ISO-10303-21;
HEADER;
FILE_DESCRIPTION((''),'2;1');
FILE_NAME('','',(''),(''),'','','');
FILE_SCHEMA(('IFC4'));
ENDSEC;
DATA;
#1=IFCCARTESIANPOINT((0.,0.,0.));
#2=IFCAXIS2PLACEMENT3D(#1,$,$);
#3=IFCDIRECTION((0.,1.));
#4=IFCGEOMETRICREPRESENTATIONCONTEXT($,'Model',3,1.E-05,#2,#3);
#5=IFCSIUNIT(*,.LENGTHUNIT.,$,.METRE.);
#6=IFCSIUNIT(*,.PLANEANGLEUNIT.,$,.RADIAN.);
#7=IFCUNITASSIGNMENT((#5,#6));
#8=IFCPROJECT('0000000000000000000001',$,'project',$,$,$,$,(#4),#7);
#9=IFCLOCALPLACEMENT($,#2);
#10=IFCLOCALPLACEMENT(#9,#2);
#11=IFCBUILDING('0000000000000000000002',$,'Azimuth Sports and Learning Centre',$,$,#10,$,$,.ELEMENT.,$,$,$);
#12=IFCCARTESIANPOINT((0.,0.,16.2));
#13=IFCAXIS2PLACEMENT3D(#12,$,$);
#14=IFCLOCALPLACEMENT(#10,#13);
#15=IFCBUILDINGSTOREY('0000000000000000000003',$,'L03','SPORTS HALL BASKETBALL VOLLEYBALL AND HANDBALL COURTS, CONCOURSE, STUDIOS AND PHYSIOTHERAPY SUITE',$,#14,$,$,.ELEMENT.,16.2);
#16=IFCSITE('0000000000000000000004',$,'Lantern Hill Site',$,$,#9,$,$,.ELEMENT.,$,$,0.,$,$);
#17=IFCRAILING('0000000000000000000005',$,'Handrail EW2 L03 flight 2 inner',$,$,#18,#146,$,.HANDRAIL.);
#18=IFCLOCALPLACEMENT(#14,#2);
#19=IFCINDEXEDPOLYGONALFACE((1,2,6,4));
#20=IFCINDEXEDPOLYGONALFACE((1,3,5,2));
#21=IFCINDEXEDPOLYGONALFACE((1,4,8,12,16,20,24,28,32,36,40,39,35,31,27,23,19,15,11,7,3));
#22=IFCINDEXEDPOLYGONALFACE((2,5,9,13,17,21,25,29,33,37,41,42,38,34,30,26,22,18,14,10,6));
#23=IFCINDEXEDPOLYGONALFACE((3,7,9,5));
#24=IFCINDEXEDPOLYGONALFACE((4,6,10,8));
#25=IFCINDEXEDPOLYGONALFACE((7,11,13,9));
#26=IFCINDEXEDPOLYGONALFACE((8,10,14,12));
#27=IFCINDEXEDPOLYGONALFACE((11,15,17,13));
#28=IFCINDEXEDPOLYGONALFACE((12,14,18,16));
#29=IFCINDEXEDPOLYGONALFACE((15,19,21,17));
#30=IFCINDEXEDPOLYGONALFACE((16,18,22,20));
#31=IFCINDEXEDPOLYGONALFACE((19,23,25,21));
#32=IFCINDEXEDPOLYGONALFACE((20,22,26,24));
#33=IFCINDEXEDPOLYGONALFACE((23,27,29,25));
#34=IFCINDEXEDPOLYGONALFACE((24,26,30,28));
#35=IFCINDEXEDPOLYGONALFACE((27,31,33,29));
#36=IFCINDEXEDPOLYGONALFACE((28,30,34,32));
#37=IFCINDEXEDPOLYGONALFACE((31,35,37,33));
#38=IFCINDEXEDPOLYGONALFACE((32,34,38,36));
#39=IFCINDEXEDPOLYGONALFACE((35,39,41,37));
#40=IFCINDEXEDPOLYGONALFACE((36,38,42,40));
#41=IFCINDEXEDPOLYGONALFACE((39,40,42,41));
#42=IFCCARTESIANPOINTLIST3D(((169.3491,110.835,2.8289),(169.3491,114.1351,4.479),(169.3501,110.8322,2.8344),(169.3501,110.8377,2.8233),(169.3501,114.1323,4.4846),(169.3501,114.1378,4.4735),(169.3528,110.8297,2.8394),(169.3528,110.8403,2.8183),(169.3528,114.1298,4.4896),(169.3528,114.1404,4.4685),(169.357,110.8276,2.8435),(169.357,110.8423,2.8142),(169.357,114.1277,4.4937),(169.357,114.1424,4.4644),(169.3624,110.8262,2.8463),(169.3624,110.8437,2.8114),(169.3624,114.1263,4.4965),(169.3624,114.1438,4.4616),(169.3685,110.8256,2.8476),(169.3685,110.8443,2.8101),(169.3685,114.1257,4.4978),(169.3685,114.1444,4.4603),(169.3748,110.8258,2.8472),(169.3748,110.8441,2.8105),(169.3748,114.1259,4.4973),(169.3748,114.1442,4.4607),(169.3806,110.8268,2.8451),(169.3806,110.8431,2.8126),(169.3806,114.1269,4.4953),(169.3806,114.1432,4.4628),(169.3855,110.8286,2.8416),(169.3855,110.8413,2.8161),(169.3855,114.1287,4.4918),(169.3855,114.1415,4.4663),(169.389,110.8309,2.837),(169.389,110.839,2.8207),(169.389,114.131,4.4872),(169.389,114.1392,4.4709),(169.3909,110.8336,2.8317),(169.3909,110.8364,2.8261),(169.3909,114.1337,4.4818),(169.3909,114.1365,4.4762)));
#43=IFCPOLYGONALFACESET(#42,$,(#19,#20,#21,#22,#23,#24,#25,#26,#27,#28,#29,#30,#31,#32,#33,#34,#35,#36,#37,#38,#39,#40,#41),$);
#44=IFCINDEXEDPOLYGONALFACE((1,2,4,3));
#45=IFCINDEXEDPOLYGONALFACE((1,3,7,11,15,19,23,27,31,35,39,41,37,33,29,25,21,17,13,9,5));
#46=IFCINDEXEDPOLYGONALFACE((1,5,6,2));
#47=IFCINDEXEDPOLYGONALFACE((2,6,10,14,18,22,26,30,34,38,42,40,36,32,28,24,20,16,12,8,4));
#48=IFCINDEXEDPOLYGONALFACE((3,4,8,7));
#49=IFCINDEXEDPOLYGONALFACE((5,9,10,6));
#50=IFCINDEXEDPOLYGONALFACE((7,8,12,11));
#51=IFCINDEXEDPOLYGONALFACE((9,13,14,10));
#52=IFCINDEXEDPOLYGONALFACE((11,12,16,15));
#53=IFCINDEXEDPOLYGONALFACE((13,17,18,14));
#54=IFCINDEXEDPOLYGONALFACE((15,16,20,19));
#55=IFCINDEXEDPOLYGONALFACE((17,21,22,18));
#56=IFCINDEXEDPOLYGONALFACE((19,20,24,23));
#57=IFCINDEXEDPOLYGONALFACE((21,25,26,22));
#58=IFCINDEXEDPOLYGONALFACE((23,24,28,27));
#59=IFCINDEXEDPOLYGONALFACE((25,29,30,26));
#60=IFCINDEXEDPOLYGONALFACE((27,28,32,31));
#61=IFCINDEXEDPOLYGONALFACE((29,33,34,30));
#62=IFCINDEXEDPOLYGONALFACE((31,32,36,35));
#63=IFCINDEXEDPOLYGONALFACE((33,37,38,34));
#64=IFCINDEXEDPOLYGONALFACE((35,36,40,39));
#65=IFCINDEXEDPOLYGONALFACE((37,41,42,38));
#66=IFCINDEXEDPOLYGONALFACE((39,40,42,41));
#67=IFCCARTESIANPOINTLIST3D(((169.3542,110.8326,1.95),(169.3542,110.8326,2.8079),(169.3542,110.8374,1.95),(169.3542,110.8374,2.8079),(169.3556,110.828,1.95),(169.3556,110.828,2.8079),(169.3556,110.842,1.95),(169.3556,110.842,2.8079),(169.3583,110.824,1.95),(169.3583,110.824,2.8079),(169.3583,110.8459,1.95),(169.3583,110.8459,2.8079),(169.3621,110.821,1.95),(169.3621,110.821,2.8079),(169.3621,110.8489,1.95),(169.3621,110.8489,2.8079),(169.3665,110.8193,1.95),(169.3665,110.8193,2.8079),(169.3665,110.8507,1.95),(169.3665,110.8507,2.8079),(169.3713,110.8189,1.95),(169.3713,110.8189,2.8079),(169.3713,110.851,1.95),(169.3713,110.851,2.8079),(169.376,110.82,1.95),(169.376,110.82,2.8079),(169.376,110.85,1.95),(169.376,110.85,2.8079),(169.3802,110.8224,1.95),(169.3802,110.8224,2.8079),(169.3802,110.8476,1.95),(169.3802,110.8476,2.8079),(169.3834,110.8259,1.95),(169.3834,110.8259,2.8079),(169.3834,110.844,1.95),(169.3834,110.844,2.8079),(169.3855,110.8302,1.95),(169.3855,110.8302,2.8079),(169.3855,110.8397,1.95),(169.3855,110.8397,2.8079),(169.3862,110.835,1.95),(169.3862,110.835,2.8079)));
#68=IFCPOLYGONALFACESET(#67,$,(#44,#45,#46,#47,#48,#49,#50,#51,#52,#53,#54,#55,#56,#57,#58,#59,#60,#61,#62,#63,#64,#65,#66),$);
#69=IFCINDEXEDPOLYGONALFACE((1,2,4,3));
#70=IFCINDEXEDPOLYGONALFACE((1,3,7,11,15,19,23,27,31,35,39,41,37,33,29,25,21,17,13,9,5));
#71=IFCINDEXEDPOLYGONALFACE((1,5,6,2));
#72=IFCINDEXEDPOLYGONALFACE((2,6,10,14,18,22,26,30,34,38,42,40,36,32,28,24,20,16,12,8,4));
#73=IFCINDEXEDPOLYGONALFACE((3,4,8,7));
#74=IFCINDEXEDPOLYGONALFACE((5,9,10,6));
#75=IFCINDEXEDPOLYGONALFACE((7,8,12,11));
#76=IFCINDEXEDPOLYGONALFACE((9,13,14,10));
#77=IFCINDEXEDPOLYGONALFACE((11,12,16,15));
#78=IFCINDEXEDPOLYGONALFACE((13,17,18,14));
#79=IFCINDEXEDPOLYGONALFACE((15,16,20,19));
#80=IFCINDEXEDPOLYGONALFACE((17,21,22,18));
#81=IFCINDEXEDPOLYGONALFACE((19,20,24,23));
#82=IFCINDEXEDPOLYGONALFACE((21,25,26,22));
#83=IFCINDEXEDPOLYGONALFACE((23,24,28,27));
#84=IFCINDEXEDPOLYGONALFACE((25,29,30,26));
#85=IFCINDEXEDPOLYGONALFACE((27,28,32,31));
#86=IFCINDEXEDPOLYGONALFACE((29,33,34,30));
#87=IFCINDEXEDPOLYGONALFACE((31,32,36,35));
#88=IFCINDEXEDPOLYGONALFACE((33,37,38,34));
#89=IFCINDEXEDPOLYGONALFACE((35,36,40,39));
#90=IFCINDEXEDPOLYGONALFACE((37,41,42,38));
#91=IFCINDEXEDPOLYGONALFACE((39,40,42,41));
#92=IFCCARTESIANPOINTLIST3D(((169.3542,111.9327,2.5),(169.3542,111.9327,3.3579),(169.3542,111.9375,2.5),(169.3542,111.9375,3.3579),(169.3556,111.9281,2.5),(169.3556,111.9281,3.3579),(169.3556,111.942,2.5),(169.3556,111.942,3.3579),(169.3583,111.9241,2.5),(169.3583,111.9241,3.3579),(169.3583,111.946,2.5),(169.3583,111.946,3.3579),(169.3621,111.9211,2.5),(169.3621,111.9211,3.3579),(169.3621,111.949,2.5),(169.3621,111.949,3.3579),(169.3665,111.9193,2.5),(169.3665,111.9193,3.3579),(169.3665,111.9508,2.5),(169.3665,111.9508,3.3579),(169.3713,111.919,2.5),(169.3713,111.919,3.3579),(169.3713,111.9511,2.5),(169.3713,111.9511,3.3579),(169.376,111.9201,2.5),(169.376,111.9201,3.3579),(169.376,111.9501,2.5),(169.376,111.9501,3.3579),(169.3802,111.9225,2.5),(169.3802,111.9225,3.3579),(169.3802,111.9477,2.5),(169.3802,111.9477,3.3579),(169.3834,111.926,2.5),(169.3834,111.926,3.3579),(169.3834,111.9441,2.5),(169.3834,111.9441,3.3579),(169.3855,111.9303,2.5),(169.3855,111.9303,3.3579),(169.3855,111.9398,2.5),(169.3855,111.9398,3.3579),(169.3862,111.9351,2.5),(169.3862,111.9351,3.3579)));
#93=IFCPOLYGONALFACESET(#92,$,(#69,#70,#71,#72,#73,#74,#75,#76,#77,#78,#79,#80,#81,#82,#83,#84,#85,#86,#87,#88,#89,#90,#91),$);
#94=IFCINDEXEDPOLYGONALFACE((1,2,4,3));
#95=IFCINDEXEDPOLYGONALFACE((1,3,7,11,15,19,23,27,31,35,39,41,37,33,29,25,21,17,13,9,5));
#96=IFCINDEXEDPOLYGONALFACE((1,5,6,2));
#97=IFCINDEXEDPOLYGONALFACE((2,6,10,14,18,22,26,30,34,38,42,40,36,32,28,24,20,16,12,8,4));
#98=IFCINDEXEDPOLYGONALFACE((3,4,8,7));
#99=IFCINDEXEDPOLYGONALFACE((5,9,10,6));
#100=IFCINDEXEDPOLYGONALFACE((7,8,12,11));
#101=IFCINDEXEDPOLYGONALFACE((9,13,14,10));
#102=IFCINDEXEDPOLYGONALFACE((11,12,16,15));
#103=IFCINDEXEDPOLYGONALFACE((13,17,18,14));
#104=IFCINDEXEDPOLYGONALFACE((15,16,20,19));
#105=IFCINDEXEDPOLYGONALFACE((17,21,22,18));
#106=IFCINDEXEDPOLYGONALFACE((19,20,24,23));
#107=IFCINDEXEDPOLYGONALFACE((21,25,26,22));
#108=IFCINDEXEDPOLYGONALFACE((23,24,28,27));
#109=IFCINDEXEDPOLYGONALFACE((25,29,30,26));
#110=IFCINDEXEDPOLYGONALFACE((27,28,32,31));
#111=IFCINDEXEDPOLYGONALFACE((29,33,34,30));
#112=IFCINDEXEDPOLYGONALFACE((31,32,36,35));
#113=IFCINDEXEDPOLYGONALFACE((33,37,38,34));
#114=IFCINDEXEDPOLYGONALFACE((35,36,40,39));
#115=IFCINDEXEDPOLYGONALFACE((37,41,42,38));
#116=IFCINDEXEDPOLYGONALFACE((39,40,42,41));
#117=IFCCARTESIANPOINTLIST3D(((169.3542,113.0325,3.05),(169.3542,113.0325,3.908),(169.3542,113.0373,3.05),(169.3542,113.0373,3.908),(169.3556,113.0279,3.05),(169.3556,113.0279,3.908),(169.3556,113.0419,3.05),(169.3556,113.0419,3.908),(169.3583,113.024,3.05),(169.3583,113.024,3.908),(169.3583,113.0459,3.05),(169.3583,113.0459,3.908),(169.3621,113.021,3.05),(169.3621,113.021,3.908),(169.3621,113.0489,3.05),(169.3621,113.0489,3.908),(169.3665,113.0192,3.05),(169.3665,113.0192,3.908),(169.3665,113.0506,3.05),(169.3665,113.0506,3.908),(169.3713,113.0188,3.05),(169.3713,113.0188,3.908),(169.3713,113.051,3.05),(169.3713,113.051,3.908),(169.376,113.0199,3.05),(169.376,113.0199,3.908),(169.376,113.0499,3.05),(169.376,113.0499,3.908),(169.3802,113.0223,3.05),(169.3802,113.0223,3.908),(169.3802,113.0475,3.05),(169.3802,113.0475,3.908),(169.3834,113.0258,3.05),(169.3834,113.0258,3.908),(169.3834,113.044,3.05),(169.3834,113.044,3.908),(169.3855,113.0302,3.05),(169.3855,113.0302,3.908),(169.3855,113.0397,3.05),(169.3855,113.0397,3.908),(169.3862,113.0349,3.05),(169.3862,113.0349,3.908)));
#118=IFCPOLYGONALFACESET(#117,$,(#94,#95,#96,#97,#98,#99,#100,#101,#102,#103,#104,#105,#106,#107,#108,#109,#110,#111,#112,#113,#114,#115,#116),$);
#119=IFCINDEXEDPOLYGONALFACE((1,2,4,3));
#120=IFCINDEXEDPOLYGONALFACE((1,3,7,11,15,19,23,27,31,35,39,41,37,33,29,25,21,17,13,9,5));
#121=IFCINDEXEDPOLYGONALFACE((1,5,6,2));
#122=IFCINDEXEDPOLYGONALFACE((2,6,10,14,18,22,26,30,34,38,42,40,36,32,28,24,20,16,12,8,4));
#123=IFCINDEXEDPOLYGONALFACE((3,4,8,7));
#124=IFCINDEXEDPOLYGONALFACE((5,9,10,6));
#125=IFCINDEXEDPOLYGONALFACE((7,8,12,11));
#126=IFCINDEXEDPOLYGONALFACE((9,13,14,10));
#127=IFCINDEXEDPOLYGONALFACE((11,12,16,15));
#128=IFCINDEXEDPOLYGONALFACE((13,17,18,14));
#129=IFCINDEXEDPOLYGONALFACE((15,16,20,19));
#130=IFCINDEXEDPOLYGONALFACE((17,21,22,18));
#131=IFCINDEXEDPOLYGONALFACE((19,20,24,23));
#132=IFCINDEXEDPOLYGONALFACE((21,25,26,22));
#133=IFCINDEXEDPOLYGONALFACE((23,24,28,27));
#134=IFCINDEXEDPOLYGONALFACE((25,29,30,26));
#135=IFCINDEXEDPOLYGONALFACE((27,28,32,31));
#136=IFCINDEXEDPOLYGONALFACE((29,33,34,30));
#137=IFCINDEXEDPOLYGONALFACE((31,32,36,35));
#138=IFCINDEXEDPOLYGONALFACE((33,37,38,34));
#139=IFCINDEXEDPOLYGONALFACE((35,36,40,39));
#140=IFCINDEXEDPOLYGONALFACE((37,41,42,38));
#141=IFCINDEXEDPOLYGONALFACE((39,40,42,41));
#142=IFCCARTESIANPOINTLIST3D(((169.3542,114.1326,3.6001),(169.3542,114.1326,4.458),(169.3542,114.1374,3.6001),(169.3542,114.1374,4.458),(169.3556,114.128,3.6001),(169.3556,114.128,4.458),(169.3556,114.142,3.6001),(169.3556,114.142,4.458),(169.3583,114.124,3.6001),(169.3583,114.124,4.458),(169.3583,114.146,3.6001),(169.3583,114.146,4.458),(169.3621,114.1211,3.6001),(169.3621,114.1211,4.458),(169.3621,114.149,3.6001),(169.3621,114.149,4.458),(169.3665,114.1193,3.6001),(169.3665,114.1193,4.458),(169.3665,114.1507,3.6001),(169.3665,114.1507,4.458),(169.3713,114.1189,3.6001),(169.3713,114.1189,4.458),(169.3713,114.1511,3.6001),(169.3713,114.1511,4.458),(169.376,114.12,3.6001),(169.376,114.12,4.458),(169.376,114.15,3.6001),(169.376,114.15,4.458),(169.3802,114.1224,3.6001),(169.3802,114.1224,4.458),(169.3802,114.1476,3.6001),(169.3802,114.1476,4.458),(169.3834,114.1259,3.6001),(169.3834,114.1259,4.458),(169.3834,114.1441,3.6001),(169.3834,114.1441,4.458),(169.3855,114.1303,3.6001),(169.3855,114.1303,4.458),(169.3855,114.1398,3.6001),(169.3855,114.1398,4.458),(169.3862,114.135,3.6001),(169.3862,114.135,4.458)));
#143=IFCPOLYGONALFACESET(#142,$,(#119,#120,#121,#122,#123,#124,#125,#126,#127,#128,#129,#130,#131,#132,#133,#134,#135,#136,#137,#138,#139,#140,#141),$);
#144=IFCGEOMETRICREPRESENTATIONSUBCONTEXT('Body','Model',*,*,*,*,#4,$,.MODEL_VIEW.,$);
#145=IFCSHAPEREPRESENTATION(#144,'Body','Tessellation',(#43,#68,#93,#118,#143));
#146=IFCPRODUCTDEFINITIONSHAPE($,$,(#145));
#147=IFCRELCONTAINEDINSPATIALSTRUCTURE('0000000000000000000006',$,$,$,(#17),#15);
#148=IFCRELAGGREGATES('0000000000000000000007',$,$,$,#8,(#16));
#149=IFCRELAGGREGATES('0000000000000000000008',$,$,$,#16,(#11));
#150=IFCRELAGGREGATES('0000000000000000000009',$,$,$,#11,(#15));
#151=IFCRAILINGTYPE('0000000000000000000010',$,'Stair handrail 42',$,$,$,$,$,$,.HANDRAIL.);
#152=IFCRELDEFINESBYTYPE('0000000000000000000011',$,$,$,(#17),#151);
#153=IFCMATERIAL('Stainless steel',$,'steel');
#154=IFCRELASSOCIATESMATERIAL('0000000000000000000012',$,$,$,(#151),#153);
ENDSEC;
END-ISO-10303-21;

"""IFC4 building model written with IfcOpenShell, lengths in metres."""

from ifc_helpers import new_model, si_unit, direction, frame, origin, origin_2d, place, context, subcontext, project, spatial, circle, extrude, material, type_object, element, save


model = new_model("IFC4")

# Units and contexts
model_context = context("Model", 3, precision=1e-05, world=origin(), true_north=direction((0.0, 1.0)))
body_context = subcontext(model_context, "Body", "Model", "MODEL_VIEW")
ifc_project = project(units=[si_unit("LENGTHUNIT", "METRE"), si_unit("PLANEANGLEUNIT", "RADIAN")], contexts=[model_context])

# Site, building, storey
site_placement = place(None, origin())
site = spatial("IfcSite", under=ifc_project, at=site_placement, Name="Lantern Hill Site", CompositionType="ELEMENT", RefElevation=0.0)
building_placement = place(site_placement, origin())
building = spatial("IfcBuilding", under=site, at=building_placement, Name="Azimuth Sports and Learning Centre", CompositionType="ELEMENT")
storey_placement = place(building_placement, frame((0.0, 0.0, 16.2)))
storey = spatial("IfcBuildingStorey", under=building, at=storey_placement, Name="L03", Description="SPORTS HALL BASKETBALL VOLLEYBALL AND HANDBALL COURTS, CONCOURSE, STUDIOS AND PHYSIOTHERAPY SUITE", CompositionType="ELEMENT", Elevation=16.2)

# Railing
ifc_material_1 = material(Name="Stainless steel", Category="steel")
railing_type_1 = type_object("IfcRailingType", Name="Stair handrail 42", PredefinedType="HANDRAIL", material=ifc_material_1)
for number, where, name in (
    (1, (169.3701, 110.835, 1.95), "Handrail EW2 L03 flight 2 inner"),
):
    element("IfcRailing", number, at=place(storey_placement, frame(where)), inside=storey, type_object=railing_type_1, Name=name, PredefinedType="HANDRAIL", context=body_context, shape_type="SweptSolid", body=[
        extrude(circle(Radius=0.021, at=origin_2d()), frame((0.0, 0.0, 0.8789), z_axis=(0.0, 0.894414, 0.44724), x_axis=(-1.0, 0.0, 0.0)), (0.0, 0.0, 1.0), 3.6897),
        extrude(circle(Radius=0.0161, at=origin_2d()), origin(), (0.0, 0.0, 1.0), 0.8579),
        extrude(circle(Radius=0.0161, at=origin_2d()), frame((0.0, 1.1001, 0.55)), (0.0, 0.0, 1.0), 0.8579),
        extrude(circle(Radius=0.0161, at=origin_2d()), frame((0.0, 2.2, 1.1001)), (0.0, 0.0, 1.0), 0.8579),
        extrude(circle(Radius=0.0161, at=origin_2d()), frame((0.0, 3.3, 1.6501)), (0.0, 0.0, 1.0), 0.8579),
    ])

save(model, "model.ifc")
